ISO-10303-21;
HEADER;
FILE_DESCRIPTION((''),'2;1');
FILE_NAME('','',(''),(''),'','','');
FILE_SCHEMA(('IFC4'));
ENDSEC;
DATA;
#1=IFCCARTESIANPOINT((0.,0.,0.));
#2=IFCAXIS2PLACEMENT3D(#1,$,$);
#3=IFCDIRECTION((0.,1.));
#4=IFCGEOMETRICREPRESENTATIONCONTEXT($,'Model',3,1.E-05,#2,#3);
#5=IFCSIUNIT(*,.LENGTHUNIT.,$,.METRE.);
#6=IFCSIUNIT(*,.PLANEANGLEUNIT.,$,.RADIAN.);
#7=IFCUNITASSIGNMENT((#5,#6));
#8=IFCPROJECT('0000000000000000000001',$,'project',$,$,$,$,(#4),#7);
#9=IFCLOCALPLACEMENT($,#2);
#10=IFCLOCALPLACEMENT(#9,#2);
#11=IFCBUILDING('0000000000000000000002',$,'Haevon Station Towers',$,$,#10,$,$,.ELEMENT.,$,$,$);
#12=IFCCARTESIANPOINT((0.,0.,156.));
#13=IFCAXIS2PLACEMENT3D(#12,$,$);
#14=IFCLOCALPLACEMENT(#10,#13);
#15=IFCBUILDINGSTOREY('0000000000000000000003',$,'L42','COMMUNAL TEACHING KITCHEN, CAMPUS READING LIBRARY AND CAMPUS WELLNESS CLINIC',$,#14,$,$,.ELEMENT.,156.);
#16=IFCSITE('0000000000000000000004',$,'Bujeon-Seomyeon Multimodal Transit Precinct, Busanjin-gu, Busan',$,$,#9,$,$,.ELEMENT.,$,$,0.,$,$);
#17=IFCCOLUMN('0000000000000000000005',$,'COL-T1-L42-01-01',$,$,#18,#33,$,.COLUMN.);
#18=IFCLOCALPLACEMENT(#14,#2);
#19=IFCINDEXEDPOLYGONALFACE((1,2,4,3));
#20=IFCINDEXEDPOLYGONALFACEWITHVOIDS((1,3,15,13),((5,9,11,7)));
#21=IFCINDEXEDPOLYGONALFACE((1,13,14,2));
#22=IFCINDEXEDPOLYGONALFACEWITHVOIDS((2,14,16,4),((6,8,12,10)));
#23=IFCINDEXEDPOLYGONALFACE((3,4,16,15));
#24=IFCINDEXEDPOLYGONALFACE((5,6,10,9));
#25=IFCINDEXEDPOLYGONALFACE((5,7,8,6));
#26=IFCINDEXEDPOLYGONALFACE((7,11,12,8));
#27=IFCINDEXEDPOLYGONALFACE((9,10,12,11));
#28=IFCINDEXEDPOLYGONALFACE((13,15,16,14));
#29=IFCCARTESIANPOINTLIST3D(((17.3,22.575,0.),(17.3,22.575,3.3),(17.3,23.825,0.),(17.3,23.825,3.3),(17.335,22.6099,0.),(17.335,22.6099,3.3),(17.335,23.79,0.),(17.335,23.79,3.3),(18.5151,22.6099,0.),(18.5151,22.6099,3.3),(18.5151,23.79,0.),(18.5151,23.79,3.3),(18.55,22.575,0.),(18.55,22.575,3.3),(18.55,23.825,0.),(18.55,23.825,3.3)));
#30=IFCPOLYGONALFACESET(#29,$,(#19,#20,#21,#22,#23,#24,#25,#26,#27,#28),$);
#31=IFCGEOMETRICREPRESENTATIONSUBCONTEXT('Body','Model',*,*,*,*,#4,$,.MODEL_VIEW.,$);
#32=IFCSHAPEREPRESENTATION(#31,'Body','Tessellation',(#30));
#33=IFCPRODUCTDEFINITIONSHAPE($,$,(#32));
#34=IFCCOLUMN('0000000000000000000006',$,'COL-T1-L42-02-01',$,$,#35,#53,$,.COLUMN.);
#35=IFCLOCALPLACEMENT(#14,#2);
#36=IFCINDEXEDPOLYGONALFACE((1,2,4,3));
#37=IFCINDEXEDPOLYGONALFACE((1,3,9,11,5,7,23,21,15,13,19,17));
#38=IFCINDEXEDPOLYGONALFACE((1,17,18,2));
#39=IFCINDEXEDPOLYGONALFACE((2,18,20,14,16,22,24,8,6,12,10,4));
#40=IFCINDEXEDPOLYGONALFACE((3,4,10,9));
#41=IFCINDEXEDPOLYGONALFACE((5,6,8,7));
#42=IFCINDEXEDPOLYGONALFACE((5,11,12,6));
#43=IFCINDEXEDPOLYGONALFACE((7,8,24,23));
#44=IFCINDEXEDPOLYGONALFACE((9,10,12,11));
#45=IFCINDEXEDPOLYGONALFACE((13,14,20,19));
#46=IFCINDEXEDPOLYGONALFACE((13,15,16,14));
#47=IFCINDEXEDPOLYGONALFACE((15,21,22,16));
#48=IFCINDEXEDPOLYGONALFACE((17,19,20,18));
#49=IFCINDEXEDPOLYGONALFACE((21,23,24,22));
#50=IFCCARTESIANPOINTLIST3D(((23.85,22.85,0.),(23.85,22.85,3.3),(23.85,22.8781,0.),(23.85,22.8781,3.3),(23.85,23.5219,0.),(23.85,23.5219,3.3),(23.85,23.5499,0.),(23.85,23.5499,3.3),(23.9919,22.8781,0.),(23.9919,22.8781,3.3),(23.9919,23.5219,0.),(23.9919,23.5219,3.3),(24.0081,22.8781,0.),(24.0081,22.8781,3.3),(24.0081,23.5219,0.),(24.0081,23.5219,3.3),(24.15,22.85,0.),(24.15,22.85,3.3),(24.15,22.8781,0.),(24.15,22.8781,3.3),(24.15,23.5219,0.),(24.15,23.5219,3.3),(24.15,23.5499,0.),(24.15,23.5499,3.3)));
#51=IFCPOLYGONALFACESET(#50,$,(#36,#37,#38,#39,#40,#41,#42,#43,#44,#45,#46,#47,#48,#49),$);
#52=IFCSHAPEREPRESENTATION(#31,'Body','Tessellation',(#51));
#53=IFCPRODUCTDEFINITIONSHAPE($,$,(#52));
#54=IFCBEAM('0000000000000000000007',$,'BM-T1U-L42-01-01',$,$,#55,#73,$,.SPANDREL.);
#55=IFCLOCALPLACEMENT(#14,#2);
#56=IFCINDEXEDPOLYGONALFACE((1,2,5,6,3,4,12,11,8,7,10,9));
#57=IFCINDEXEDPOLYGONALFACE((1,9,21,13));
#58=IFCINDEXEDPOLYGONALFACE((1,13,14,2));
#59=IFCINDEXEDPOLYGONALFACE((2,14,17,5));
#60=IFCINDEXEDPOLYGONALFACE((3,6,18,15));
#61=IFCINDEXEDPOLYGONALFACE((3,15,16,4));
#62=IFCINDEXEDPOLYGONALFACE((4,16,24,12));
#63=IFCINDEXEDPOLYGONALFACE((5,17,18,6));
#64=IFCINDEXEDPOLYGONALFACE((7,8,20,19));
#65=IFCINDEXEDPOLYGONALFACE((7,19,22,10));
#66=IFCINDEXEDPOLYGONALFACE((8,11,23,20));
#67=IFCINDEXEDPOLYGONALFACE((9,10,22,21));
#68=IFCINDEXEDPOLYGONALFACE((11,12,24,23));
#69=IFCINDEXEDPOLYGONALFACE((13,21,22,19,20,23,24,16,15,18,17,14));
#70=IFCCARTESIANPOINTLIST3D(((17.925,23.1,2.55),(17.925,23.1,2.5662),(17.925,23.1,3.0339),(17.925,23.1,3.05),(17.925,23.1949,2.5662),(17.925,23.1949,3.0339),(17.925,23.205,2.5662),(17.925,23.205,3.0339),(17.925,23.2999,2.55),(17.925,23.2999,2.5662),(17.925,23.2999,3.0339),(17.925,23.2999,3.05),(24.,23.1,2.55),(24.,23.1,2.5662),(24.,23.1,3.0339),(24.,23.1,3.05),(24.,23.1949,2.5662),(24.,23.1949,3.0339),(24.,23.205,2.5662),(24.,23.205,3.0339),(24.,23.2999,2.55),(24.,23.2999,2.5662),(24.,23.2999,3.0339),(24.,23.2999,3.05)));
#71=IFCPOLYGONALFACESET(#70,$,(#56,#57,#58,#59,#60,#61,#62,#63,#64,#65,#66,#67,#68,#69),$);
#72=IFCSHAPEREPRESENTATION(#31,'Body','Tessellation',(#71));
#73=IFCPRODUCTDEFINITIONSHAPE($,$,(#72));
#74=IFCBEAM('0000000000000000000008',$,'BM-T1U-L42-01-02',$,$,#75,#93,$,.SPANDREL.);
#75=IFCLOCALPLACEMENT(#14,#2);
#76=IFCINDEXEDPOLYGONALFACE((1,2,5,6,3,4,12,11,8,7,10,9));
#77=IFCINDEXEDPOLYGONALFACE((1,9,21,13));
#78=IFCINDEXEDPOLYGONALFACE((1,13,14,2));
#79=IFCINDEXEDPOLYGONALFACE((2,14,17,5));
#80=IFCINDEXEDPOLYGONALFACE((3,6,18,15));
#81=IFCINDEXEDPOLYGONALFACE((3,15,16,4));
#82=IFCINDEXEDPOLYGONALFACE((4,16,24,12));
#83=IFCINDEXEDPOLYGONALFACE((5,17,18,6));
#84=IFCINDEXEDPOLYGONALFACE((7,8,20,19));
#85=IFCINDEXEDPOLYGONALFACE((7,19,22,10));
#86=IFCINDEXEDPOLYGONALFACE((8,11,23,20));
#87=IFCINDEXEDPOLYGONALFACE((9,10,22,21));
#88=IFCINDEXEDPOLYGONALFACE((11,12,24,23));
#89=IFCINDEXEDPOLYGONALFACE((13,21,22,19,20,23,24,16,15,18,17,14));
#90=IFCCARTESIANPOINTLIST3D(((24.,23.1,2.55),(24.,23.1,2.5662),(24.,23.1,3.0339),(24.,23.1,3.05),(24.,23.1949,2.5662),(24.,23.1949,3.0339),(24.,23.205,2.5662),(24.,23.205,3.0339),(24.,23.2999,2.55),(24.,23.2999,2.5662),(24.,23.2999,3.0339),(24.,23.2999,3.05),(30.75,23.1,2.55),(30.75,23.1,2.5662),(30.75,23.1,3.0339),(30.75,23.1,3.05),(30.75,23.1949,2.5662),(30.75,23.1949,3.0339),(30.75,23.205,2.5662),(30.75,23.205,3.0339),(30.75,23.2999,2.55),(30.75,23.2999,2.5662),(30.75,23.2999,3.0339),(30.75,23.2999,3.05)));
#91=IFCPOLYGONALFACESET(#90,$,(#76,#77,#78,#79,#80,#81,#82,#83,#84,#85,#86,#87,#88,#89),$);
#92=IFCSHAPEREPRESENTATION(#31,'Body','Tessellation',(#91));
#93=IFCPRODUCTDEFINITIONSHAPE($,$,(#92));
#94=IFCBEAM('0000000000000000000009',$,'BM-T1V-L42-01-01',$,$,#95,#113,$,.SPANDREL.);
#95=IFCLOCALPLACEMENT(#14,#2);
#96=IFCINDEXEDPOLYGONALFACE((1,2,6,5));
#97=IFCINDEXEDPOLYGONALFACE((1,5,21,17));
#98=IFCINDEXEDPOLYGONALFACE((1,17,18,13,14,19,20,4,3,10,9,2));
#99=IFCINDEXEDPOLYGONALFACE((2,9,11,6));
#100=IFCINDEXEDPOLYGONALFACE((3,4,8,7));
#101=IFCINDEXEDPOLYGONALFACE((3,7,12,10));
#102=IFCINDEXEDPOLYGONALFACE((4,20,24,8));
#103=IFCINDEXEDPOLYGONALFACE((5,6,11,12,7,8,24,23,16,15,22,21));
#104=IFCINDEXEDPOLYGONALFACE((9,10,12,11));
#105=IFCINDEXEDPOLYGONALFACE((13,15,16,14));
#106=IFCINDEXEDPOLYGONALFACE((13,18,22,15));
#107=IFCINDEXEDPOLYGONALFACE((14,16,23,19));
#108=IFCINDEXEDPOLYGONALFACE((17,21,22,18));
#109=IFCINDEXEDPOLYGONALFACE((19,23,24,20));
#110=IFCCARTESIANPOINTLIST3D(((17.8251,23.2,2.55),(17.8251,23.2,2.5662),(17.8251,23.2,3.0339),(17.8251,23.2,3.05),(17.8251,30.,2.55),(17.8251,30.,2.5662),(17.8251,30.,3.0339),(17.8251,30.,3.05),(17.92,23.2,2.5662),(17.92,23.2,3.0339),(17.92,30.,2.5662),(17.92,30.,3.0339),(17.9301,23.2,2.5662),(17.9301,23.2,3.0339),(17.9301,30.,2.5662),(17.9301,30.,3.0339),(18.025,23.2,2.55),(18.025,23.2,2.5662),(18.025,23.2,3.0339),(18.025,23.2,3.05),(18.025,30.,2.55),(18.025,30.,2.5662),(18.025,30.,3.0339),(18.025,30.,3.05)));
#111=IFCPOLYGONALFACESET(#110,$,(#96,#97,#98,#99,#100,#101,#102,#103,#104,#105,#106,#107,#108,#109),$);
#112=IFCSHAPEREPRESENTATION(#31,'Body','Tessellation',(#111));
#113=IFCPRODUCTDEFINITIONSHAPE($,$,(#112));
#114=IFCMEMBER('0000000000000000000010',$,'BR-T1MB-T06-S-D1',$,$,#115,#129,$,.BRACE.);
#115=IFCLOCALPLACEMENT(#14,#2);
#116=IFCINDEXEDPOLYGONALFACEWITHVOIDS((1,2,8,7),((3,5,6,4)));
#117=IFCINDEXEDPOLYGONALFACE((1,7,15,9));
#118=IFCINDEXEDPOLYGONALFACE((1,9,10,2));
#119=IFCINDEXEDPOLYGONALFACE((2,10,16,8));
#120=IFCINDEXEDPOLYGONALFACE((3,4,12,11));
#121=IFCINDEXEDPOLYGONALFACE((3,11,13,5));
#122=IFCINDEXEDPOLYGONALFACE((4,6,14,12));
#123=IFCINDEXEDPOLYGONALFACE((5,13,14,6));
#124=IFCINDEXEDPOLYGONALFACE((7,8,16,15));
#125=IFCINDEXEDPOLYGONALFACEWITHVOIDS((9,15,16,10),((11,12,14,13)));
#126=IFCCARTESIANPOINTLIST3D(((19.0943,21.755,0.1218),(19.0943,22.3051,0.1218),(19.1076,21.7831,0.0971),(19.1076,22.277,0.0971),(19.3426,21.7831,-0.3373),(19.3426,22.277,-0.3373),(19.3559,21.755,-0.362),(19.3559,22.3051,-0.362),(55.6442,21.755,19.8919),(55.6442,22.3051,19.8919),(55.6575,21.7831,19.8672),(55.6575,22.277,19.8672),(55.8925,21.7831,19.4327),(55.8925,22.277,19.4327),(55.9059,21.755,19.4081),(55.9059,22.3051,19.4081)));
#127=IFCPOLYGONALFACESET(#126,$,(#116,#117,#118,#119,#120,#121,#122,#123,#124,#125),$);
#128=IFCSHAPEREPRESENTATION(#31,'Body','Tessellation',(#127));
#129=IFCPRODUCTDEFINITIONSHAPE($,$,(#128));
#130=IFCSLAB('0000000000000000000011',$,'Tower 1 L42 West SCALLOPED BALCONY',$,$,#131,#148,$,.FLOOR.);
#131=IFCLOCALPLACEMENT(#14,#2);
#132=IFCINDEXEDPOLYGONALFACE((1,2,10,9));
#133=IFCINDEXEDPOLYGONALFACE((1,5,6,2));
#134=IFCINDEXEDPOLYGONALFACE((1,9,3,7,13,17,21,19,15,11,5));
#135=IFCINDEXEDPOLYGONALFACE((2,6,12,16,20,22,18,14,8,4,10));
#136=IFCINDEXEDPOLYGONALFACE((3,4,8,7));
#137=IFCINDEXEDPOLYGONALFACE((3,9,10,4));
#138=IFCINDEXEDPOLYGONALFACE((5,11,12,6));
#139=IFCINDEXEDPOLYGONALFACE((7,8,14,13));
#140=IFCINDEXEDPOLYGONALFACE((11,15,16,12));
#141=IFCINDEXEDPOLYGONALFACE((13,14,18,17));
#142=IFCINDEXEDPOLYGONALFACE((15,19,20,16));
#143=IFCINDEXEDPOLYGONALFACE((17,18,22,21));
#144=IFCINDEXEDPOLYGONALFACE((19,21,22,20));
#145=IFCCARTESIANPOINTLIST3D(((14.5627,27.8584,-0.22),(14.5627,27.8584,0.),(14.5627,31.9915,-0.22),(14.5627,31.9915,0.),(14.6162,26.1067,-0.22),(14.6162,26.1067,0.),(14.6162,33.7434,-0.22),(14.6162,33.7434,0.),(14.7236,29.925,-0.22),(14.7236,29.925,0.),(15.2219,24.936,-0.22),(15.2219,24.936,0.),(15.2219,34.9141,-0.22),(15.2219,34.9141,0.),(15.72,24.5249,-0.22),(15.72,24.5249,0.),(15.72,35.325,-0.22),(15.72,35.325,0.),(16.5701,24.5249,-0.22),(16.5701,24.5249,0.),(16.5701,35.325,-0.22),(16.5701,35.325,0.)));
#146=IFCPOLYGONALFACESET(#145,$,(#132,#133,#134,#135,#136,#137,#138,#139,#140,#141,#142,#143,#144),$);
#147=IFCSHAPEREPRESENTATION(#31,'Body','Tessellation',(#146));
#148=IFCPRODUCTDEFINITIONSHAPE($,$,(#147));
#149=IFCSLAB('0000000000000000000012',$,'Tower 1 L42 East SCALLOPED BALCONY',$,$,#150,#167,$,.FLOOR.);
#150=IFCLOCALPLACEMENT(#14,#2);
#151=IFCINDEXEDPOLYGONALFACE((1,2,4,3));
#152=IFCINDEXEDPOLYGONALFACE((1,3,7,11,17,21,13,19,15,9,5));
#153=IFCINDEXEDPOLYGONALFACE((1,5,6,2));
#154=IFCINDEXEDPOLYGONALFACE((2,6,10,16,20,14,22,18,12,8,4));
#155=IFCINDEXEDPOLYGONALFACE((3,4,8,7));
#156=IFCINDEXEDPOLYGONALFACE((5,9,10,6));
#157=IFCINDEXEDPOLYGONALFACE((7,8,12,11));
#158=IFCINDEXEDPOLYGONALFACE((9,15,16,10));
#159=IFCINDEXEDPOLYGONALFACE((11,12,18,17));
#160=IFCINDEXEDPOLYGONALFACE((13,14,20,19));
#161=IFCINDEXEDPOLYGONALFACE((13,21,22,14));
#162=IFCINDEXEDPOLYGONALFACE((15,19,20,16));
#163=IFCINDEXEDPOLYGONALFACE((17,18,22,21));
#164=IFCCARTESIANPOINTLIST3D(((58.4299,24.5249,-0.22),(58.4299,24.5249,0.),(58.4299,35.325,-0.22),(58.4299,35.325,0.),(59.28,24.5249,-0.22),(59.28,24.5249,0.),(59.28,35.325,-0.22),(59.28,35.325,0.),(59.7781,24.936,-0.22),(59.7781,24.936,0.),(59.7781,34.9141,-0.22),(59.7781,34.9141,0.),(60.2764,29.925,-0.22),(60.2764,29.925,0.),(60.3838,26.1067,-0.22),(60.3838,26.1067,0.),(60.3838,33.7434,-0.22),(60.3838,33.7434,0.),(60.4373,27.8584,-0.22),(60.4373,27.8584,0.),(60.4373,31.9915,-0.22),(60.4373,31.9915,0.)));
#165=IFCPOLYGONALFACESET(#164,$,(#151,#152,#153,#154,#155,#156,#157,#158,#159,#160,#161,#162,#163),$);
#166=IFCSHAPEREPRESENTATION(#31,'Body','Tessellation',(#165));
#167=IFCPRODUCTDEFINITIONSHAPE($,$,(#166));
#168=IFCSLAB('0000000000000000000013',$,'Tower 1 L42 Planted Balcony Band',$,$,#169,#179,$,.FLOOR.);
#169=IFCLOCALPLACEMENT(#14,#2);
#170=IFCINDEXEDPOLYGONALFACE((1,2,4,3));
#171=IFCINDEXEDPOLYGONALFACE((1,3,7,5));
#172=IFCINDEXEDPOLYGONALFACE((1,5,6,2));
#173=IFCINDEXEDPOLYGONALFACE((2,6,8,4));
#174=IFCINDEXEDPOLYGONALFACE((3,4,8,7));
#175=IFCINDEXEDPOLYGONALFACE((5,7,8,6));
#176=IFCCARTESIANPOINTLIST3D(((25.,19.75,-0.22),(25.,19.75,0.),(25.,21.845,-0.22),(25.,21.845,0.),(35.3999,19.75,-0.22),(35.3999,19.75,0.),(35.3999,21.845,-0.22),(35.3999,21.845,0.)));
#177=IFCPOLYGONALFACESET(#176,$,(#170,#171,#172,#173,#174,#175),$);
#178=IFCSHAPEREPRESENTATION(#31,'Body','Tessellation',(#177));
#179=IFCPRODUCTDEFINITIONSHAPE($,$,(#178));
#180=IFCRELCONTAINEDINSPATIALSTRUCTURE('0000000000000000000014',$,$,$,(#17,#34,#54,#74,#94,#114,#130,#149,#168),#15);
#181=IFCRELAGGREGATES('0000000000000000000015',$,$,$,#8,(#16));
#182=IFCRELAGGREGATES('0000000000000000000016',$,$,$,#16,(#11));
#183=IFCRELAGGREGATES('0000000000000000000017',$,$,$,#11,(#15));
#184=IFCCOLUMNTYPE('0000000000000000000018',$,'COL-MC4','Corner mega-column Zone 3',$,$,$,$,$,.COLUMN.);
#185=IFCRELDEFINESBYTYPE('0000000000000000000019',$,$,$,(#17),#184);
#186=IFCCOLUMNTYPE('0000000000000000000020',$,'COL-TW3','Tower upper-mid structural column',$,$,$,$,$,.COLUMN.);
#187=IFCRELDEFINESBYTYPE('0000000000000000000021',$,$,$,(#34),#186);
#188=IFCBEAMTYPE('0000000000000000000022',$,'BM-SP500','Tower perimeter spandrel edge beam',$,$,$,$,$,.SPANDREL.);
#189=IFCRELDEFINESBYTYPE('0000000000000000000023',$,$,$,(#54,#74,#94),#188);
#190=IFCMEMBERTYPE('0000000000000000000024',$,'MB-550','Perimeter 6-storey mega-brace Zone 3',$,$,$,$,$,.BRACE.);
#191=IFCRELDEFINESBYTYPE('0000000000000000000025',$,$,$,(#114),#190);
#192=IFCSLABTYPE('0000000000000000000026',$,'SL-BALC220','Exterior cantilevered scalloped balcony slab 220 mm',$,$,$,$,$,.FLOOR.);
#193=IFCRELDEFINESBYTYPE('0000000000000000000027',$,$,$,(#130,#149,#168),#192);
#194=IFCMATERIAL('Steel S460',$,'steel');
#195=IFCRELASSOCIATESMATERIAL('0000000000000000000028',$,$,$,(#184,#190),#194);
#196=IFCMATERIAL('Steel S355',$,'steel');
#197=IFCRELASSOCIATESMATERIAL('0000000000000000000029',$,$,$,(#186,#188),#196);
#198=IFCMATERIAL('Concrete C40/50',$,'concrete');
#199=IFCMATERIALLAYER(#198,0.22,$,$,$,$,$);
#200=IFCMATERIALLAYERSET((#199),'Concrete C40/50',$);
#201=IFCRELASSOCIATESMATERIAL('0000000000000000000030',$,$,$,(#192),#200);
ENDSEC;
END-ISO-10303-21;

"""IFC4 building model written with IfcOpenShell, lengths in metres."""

from ifc_helpers import new_model, si_unit, direction, frame, origin, origin_2d, place, context, subcontext, project, spatial, polyline, hollow_rectangle, i_section, outline, extrude, material, layer, layer_set, material_profile, profile_set, type_object, element, save


model = new_model("IFC4")

# Units and contexts
model_context = context("Model", 3, precision=1e-05, world=origin(), true_north=direction((0.0, 1.0)))
body_context = subcontext(model_context, "Body", "Model", "MODEL_VIEW")
ifc_project = project(units=[si_unit("LENGTHUNIT", "METRE"), si_unit("PLANEANGLEUNIT", "RADIAN")], contexts=[model_context])

# Site, building, storey
site_placement = place(None, origin())
site = spatial("IfcSite", under=ifc_project, at=site_placement, Name="Bujeon-Seomyeon Multimodal Transit Precinct, Busanjin-gu, Busan", CompositionType="ELEMENT", RefElevation=0.0)
building_placement = place(site_placement, origin())
building = spatial("IfcBuilding", under=site, at=building_placement, Name="Haevon Station Towers", CompositionType="ELEMENT")
storey_placement = place(building_placement, frame((0.0, 0.0, 156.0)))
storey = spatial("IfcBuildingStorey", under=building, at=storey_placement, Name="L42", Description="COMMUNAL TEACHING KITCHEN, CAMPUS READING LIBRARY AND CAMPUS WELLNESS CLINIC", CompositionType="ELEMENT", Elevation=156.0)

# Columns
ifc_material_1 = material(Name="Steel S460", Category="steel")
ifc_material_profile_1 = material_profile(ifc_material_1, hollow_rectangle(XDim=1.25, YDim=1.25, WallThickness=0.0349, at=origin_2d()), Name="BOX-1250x1250x35")
ifc_profile_set_1 = profile_set([ifc_material_profile_1], Name="Steel S460")
column_type_1 = type_object("IfcColumnType", Name="COL-MC4", Description="Corner mega-column Zone 3", PredefinedType="COLUMN", material=ifc_profile_set_1)
column_1_placement = place(storey_placement, frame((17.925, 23.2, 0.0), z_axis=(0.0, 0.0, 1.0), x_axis=(1.0, 0.0, 0.0)))
element("IfcColumn", 1, at=column_1_placement, inside=storey, type_object=column_type_1, Name="COL-T1-L42-01-01", PredefinedType="COLUMN", context=body_context, shape_type="SweptSolid", body=[
    extrude(hollow_rectangle(XDim=1.25, YDim=1.25, WallThickness=0.0349, at=origin_2d()), origin(), (0.0, 0.0, 1.0), 3.3),
])
ifc_material_2 = material(Name="Steel S355", Category="steel")
ifc_material_profile_2 = material_profile(ifc_material_2, i_section(OverallWidth=0.3, OverallDepth=0.7, WebThickness=0.0161, FlangeThickness=0.0281, at=origin_2d()), Name="H-700x300x16x28")
ifc_profile_set_2 = profile_set([ifc_material_profile_2], Name="Steel S355")
column_type_2 = type_object("IfcColumnType", Name="COL-TW3", Description="Tower upper-mid structural column", PredefinedType="COLUMN", material=ifc_profile_set_2)
column_2_placement = place(storey_placement, frame((24.0, 23.2, 0.0), z_axis=(0.0, 0.0, 1.0), x_axis=(1.0, 0.0, 0.0)))
element("IfcColumn", 2, at=column_2_placement, inside=storey, type_object=column_type_2, Name="COL-T1-L42-02-01", PredefinedType="COLUMN", context=body_context, shape_type="SweptSolid", body=[
    extrude(i_section(OverallWidth=0.3, OverallDepth=0.7, WebThickness=0.0161, FlangeThickness=0.0281, at=origin_2d()), origin(), (0.0, 0.0, 1.0), 3.3),
])

# Beams
ifc_material_profile_3 = material_profile(ifc_material_2, i_section(OverallWidth=0.2, OverallDepth=0.5, WebThickness=0.01, FlangeThickness=0.0161, at=origin_2d()), Name="H-500x200x10x16")
ifc_profile_set_3 = profile_set([ifc_material_profile_3], Name="Steel S355")
beam_type = type_object("IfcBeamType", Name="BM-SP500", Description="Tower perimeter spandrel edge beam", PredefinedType="SPANDREL", material=ifc_profile_set_3)
beam_1_placement = place(storey_placement, frame((17.925, 23.2, 2.8), z_axis=(1.0, 0.0, 0.0), x_axis=(0.0, 1.0, 0.0)))
element("IfcBeam", 3, at=beam_1_placement, inside=storey, type_object=beam_type, Name="BM-T1U-L42-01-01", PredefinedType="SPANDREL", context=body_context, shape_type="SweptSolid", body=[
    extrude(i_section(OverallWidth=0.2, OverallDepth=0.5, WebThickness=0.01, FlangeThickness=0.0161, at=origin_2d()), origin(), (0.0, 0.0, 1.0), 6.075),
])
beam_2_placement = place(storey_placement, frame((24.0, 23.2, 2.8), z_axis=(1.0, 0.0, 0.0), x_axis=(0.0, 1.0, 0.0)))
element("IfcBeam", 4, at=beam_2_placement, inside=storey, type_object=beam_type, Name="BM-T1U-L42-01-02", PredefinedType="SPANDREL", context=body_context, shape_type="SweptSolid", body=[
    extrude(i_section(OverallWidth=0.2, OverallDepth=0.5, WebThickness=0.01, FlangeThickness=0.0161, at=origin_2d()), origin(), (0.0, 0.0, 1.0), 6.75),
])
beam_3_placement = place(storey_placement, frame((17.925, 23.2, 2.8), z_axis=(0.0, 1.0, 0.0), x_axis=(-1.0, 0.0, 0.0)))
element("IfcBeam", 5, at=beam_3_placement, inside=storey, type_object=beam_type, Name="BM-T1V-L42-01-01", PredefinedType="SPANDREL", context=body_context, shape_type="SweptSolid", body=[
    extrude(i_section(OverallWidth=0.2, OverallDepth=0.5, WebThickness=0.01, FlangeThickness=0.0161, at=origin_2d()), origin(), (0.0, 0.0, 1.0), 6.8),
])

# Member
ifc_material_profile_4 = material_profile(ifc_material_1, hollow_rectangle(XDim=0.55, YDim=0.55, WallThickness=0.0281, at=origin_2d()), Name="RHS-550x550x28")
ifc_profile_set_4 = profile_set([ifc_material_profile_4], Name="Steel S460")
member_type = type_object("IfcMemberType", Name="MB-550", Description="Perimeter 6-storey mega-brace Zone 3", PredefinedType="BRACE", material=ifc_profile_set_4)
member_placement = place(storey_placement, frame((19.2251, 22.03, -0.1201), z_axis=(0.879572, 0.0, 0.475766), x_axis=(0.0, 1.0, 0.0)))
element("IfcMember", 6, at=member_placement, inside=storey, type_object=member_type, Name="BR-T1MB-T06-S-D1", PredefinedType="BRACE", context=body_context, shape_type="SweptSolid", body=[
    extrude(hollow_rectangle(XDim=0.55, YDim=0.55, WallThickness=0.0281, at=origin_2d()), origin(), (0.0, 0.0, 1.0), 41.5542),
])

# Slabs
ifc_material_3 = material(Name="Concrete C40/50", Category="concrete")
ifc_layer_1 = layer(ifc_material_3, 0.22)
ifc_layer_set_1 = layer_set([ifc_layer_1], Name="Concrete C40/50")
slab_type_1 = type_object("IfcSlabType", Name="SL-BALC220", Description="Exterior cantilevered scalloped balcony slab 220 mm", PredefinedType="FLOOR", material=ifc_layer_set_1)
slab_1_placement = place(storey_placement, frame((0.0, 0.0, -0.22)))
element("IfcSlab", 7, at=slab_1_placement, inside=storey, type_object=slab_type_1, Name="Tower 1 L42 West SCALLOPED BALCONY", PredefinedType="FLOOR", context=body_context, shape_type="SweptSolid", body=[
    extrude(outline(polyline([(16.5701, 35.325), (15.72, 35.325), (15.2219, 34.9141), (14.6162, 33.7434), (14.5627, 31.9915), (14.7236, 29.925), (14.5627, 27.8584), (14.6162, 26.1067), (15.2219, 24.936), (15.72, 24.5249), (16.5701, 24.5249), (16.5701, 35.325)])), origin(), (0.0, 0.0, 1.0), 0.22),
])
slab_2_placement = place(storey_placement, frame((0.0, 0.0, -0.22)))
element("IfcSlab", 8, at=slab_2_placement, inside=storey, type_object=slab_type_1, Name="Tower 1 L42 East SCALLOPED BALCONY", PredefinedType="FLOOR", context=body_context, shape_type="SweptSolid", body=[
    extrude(outline(polyline([(58.4299, 24.5249), (59.28, 24.5249), (59.7781, 24.936), (60.3838, 26.1067), (60.4373, 27.8584), (60.2764, 29.925), (60.4373, 31.9915), (60.3838, 33.7434), (59.7781, 34.9141), (59.28, 35.325), (58.4299, 35.325), (58.4299, 24.5249)])), origin(), (0.0, 0.0, 1.0), 0.22),
])
slab_3_placement = place(storey_placement, frame((0.0, 0.0, -0.22)))
element("IfcSlab", 9, at=slab_3_placement, inside=storey, type_object=slab_type_1, Name="Tower 1 L42 Planted Balcony Band", PredefinedType="FLOOR", context=body_context, shape_type="SweptSolid", body=[
    extrude(outline(polyline([(25.0, 19.75), (35.3999, 19.75), (35.3999, 21.845), (25.0, 21.845), (25.0, 19.75)])), origin(), (0.0, 0.0, 1.0), 0.22),
])

save(model, "model.ifc")
